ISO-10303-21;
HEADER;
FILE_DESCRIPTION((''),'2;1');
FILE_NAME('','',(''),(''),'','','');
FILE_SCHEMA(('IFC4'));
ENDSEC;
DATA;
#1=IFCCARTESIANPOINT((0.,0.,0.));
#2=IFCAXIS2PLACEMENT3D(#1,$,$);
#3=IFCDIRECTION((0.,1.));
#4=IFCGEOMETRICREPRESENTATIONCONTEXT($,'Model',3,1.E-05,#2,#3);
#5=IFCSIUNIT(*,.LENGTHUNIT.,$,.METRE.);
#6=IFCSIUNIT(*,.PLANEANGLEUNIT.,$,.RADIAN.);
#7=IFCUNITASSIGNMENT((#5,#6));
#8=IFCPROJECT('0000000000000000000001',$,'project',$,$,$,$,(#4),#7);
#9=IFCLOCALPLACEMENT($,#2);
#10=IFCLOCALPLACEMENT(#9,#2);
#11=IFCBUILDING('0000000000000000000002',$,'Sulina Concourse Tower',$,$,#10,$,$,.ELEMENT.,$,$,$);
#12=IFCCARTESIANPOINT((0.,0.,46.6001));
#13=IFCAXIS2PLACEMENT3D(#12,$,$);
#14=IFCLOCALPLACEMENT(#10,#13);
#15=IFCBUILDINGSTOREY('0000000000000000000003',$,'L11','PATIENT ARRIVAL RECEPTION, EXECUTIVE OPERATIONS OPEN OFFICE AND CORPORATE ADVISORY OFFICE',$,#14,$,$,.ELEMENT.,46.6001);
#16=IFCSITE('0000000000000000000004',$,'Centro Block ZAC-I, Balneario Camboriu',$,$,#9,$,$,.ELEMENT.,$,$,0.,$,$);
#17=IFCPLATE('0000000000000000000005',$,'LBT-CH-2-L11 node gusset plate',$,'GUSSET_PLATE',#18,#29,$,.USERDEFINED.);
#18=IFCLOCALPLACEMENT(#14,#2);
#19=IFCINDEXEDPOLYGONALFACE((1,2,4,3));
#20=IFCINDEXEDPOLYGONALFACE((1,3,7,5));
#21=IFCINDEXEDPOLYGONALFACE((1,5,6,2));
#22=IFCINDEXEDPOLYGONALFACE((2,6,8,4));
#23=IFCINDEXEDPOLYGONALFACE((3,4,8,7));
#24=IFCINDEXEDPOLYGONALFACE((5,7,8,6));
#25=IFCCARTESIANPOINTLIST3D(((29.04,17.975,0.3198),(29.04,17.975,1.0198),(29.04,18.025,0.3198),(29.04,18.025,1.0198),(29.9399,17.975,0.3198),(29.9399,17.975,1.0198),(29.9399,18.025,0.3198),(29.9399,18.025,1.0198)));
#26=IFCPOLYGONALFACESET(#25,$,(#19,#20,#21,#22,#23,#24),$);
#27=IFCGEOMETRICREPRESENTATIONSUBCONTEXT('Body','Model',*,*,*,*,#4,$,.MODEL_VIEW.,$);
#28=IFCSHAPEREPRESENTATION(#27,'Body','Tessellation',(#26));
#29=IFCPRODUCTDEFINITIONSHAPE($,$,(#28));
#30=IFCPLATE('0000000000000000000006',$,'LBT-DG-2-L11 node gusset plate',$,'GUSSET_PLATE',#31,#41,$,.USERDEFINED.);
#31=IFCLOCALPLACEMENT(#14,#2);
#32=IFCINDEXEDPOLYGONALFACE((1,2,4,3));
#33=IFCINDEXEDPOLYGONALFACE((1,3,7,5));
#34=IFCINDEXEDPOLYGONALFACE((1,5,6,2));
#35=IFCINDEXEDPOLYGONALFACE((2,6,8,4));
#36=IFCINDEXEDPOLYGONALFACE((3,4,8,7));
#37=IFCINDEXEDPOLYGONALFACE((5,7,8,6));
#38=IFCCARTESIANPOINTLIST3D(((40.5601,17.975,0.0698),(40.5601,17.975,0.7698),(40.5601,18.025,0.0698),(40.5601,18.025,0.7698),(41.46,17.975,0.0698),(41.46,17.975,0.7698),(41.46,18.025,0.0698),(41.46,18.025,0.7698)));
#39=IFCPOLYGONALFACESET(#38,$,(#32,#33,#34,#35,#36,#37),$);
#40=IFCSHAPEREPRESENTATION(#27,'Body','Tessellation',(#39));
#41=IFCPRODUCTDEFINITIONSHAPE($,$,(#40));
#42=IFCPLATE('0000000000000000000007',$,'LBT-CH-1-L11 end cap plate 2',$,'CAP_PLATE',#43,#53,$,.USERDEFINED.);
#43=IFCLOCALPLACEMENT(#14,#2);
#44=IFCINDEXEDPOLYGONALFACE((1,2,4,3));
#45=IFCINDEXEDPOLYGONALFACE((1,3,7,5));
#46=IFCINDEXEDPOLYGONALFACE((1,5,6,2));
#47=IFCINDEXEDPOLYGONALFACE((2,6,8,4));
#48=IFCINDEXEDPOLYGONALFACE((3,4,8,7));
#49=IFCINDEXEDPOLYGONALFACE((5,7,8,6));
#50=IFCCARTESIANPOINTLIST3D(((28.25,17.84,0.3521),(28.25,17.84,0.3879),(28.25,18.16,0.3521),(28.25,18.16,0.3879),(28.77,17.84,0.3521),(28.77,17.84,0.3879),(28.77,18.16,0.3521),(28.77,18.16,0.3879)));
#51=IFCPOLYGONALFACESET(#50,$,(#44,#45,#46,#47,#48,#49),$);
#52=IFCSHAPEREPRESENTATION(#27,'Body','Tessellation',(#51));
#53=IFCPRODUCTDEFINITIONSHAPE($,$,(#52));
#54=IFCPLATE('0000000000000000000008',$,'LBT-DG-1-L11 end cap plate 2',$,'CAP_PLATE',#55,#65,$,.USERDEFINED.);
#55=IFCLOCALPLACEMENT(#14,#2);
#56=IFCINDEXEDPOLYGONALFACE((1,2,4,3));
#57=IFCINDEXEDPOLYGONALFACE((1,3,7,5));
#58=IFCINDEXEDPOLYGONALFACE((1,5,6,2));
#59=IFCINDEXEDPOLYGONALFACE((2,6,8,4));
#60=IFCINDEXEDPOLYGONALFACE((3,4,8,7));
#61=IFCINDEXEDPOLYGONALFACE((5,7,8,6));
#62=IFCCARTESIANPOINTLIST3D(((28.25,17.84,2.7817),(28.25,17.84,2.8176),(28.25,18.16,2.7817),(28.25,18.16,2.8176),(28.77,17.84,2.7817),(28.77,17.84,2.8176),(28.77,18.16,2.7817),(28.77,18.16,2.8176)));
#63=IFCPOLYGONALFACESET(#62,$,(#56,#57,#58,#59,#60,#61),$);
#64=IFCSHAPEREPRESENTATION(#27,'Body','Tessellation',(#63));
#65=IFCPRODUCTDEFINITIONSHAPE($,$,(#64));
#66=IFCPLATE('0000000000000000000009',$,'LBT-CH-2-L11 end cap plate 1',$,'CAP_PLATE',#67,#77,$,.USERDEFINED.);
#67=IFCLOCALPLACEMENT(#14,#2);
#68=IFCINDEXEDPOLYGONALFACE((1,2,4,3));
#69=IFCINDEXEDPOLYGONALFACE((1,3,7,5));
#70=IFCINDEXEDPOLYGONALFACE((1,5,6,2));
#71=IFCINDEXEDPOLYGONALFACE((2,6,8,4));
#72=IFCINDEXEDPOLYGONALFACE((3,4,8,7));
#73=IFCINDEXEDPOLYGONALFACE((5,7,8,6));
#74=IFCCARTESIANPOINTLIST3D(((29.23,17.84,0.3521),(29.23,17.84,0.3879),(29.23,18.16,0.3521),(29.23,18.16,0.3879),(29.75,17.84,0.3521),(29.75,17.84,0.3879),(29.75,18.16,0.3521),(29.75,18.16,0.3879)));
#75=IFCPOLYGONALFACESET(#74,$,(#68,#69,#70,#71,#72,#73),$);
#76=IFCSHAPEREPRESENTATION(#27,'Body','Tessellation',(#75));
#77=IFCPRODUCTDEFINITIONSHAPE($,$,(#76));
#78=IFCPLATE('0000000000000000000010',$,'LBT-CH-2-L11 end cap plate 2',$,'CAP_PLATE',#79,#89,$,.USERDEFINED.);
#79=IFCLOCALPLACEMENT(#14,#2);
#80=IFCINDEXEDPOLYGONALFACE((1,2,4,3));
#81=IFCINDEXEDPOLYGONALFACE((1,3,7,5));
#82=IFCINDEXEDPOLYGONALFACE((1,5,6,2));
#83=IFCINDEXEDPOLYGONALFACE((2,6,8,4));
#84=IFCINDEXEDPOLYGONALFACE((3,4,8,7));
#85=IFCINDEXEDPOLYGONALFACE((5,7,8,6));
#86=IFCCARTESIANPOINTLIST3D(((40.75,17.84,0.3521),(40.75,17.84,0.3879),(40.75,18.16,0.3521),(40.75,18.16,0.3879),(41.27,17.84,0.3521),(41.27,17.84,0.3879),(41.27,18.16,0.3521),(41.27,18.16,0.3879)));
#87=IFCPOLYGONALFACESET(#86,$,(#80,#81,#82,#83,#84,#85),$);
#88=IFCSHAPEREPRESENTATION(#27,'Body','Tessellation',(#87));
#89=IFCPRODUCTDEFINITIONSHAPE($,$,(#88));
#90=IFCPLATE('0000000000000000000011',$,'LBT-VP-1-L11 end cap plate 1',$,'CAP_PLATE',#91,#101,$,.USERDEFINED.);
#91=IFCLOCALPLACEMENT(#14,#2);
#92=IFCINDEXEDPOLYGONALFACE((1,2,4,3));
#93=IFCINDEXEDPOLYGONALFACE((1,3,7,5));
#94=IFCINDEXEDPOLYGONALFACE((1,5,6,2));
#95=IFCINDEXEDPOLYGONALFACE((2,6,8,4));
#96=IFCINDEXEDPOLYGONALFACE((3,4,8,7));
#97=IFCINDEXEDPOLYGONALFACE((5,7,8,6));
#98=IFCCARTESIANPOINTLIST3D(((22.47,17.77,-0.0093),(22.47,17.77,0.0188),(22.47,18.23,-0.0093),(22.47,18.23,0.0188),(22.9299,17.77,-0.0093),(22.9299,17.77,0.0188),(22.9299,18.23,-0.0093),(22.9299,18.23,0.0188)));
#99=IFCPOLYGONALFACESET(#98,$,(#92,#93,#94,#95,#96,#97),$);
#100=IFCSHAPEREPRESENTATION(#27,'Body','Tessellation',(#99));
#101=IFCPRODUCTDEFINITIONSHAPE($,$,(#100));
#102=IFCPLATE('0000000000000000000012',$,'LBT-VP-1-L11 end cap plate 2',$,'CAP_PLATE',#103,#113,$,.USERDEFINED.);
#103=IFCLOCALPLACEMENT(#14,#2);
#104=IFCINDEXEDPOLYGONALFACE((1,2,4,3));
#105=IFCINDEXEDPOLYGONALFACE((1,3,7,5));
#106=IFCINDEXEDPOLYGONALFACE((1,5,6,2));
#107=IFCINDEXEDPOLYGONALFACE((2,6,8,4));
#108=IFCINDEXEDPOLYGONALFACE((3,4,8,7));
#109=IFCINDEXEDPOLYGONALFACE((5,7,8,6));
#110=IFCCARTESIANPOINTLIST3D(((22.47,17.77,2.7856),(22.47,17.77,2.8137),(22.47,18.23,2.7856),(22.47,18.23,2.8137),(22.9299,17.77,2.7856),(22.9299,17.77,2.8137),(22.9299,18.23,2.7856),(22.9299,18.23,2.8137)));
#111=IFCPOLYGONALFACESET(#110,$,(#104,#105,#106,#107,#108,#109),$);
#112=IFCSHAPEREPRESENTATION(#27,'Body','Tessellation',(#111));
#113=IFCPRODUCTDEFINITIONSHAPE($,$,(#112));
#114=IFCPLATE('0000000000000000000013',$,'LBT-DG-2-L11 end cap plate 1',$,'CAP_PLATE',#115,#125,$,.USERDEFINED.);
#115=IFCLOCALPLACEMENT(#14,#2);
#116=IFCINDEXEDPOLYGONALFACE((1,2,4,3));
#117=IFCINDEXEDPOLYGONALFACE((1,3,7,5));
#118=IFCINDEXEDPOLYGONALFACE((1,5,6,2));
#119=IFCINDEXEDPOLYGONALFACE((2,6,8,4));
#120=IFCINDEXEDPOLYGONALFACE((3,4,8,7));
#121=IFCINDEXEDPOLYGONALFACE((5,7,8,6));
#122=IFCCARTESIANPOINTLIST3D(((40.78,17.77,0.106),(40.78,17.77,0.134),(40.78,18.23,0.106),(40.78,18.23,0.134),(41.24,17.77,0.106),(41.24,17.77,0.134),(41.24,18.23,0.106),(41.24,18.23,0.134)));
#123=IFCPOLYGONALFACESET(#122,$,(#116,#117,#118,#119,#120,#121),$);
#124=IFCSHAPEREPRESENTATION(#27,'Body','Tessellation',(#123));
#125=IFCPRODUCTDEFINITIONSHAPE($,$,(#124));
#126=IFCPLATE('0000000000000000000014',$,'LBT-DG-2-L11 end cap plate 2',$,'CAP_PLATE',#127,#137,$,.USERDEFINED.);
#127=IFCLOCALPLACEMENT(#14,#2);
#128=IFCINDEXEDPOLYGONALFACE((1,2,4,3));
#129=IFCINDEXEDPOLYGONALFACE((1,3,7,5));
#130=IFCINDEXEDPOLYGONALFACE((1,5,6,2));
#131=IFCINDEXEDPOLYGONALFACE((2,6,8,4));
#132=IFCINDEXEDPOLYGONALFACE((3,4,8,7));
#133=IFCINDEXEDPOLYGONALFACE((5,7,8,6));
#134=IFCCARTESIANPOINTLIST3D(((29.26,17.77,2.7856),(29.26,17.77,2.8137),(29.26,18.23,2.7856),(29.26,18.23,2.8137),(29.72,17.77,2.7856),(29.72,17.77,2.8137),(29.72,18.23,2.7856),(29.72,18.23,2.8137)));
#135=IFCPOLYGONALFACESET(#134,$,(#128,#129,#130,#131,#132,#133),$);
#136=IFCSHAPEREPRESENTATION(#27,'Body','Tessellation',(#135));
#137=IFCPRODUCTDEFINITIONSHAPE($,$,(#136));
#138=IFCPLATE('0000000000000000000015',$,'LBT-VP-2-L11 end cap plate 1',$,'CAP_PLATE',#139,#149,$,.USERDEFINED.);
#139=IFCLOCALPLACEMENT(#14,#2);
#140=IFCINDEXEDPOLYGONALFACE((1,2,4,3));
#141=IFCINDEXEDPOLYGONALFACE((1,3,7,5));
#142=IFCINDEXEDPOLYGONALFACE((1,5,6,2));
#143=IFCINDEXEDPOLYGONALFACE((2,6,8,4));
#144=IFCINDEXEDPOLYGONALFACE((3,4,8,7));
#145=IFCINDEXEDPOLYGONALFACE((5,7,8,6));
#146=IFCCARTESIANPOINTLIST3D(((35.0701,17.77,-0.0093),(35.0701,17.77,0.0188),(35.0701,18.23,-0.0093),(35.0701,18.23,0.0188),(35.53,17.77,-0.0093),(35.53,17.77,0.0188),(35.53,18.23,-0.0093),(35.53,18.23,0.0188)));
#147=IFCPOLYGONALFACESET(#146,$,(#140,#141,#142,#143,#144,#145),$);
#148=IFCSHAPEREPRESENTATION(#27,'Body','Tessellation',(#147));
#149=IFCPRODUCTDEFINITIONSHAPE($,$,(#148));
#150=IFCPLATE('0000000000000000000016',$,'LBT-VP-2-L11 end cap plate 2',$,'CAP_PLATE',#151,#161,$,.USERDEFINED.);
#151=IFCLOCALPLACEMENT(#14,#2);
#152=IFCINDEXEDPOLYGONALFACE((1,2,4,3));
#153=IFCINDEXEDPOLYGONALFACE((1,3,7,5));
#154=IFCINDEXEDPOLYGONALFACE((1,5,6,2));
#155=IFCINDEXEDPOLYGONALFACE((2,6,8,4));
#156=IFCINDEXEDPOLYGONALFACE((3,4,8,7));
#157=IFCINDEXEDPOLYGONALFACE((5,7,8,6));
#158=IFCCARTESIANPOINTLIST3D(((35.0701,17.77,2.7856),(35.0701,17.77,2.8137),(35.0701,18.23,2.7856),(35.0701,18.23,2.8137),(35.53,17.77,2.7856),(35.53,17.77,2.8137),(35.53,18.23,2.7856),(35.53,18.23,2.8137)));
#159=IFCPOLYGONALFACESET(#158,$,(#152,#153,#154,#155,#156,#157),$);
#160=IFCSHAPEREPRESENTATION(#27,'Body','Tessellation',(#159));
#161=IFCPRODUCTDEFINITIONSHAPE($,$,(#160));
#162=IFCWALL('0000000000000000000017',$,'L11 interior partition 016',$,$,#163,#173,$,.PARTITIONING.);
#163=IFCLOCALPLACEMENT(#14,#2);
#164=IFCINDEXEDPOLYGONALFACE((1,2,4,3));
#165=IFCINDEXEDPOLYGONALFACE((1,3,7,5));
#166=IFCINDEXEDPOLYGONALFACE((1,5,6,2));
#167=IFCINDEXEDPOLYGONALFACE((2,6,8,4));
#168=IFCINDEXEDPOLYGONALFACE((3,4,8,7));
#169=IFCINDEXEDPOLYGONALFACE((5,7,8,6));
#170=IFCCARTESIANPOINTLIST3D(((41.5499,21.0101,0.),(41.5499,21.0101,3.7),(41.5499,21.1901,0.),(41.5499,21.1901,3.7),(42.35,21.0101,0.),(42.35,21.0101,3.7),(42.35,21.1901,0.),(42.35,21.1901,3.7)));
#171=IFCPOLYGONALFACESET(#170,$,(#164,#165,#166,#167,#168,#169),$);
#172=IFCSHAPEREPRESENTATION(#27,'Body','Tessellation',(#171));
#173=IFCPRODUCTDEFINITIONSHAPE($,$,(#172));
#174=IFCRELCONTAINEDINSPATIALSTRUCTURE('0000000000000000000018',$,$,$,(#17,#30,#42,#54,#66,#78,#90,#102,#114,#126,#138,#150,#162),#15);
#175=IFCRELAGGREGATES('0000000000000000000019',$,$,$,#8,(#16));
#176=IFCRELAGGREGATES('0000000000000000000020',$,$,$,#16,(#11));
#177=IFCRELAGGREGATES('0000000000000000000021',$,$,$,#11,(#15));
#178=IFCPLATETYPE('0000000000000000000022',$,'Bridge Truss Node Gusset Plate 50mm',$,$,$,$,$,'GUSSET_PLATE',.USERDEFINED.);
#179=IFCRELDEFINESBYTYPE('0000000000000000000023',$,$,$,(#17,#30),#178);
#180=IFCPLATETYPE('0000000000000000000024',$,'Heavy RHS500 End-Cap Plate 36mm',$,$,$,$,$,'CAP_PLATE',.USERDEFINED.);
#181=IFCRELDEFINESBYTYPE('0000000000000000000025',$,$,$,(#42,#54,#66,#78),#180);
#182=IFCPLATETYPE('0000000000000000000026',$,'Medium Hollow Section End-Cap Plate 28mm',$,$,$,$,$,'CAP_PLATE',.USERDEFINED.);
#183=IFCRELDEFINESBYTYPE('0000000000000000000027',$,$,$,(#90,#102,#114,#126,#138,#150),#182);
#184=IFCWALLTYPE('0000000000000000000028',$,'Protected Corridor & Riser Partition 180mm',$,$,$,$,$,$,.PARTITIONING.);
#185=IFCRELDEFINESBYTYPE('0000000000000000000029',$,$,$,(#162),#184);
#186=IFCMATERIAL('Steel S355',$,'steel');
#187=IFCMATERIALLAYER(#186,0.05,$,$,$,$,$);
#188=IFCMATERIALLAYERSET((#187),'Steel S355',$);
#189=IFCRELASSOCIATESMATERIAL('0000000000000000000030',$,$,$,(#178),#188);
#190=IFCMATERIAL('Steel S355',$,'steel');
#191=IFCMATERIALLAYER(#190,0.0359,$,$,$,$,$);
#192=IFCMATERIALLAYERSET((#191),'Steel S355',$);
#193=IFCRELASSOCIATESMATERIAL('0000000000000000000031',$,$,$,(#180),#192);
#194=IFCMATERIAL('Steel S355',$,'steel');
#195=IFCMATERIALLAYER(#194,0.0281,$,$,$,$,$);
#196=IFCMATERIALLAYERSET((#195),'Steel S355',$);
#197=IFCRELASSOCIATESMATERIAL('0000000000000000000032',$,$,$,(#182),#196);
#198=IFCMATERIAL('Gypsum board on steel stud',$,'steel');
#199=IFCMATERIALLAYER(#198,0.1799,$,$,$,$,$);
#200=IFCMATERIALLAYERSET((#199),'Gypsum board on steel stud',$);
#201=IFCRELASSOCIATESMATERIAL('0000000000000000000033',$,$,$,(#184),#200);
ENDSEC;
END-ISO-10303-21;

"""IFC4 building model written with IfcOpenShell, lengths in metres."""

from ifc_helpers import new_model, si_unit, direction, frame, frame_2d, origin, origin_2d, place, context, subcontext, project, spatial, rectangle, extrude, material, layer, layer_set, type_object, element, save


model = new_model("IFC4")

# Units and contexts
model_context = context("Model", 3, precision=1e-05, world=origin(), true_north=direction((0.0, 1.0)))
body_context = subcontext(model_context, "Body", "Model", "MODEL_VIEW")
ifc_project = project(units=[si_unit("LENGTHUNIT", "METRE"), si_unit("PLANEANGLEUNIT", "RADIAN")], contexts=[model_context])

# Site, building, storey
site_placement = place(None, origin())
site = spatial("IfcSite", under=ifc_project, at=site_placement, Name="Centro Block ZAC-I, Balneario Camboriu", CompositionType="ELEMENT", RefElevation=0.0)
building_placement = place(site_placement, origin())
building = spatial("IfcBuilding", under=site, at=building_placement, Name="Sulina Concourse Tower", CompositionType="ELEMENT")
storey_placement = place(building_placement, frame((0.0, 0.0, 46.6001)))
storey = spatial("IfcBuildingStorey", under=building, at=storey_placement, Name="L11", Description="PATIENT ARRIVAL RECEPTION, EXECUTIVE OPERATIONS OPEN OFFICE AND CORPORATE ADVISORY OFFICE", CompositionType="ELEMENT", Elevation=46.6001)

# Plates
ifc_material_1 = material(Name="Steel S355", Category="steel")
ifc_layer_1 = layer(ifc_material_1, 0.05)
ifc_layer_set_1 = layer_set([ifc_layer_1], Name="Steel S355")
plate_type_1 = type_object("IfcPlateType", Name="Bridge Truss Node Gusset Plate 50mm", ElementType="GUSSET_PLATE", PredefinedType="USERDEFINED", material=ifc_layer_set_1)
for number, where, z_axis, x_axis, name in (
    (1, (29.49, 18.0, 0.3198), (0.0, 0.0, 1.0), (1.0, 0.0, 0.0), "LBT-CH-2-L11 node gusset plate"),
    (2, (41.01, 18.0, 0.0698), (0.0, 0.0, 1.0), (1.0, 0.0, 0.0), "LBT-DG-2-L11 node gusset plate"),
):
    element("IfcPlate", number, at=place(storey_placement, frame(where, z_axis=z_axis, x_axis=x_axis)), inside=storey, type_object=plate_type_1, Name=name, ObjectType="GUSSET_PLATE", PredefinedType="USERDEFINED", context=body_context, shape_type="SweptSolid", body=[
        extrude(rectangle(XDim=0.8999, YDim=0.05, at=origin_2d()), origin(), (0.0, 0.0, 1.0), 0.7),
    ])
ifc_material_2 = material(Name="Steel S355", Category="steel")
ifc_layer_2 = layer(ifc_material_2, 0.0359)
ifc_layer_set_2 = layer_set([ifc_layer_2], Name="Steel S355")
plate_type_2 = type_object("IfcPlateType", Name="Heavy RHS500 End-Cap Plate 36mm", ElementType="CAP_PLATE", PredefinedType="USERDEFINED", material=ifc_layer_set_2)
for number, where, z_axis, x_axis, name in (
    (3, (28.51, 18.0, 0.3521), (0.0, 0.0, 1.0), (1.0, 0.0, 0.0), "LBT-CH-1-L11 end cap plate 2"),
    (4, (28.51, 18.0, 2.7817), (0.0, 0.0, 1.0), (1.0, 0.0, 0.0), "LBT-DG-1-L11 end cap plate 2"),
    (5, (29.49, 18.0, 0.3521), (0.0, 0.0, 1.0), (1.0, 0.0, 0.0), "LBT-CH-2-L11 end cap plate 1"),
    (6, (41.01, 18.0, 0.3521), (0.0, 0.0, 1.0), (1.0, 0.0, 0.0), "LBT-CH-2-L11 end cap plate 2"),
):
    element("IfcPlate", number, at=place(storey_placement, frame(where, z_axis=z_axis, x_axis=x_axis)), inside=storey, type_object=plate_type_2, Name=name, ObjectType="CAP_PLATE", PredefinedType="USERDEFINED", context=body_context, shape_type="SweptSolid", body=[
        extrude(rectangle(XDim=0.52, YDim=0.3201, at=origin_2d()), origin(), (0.0, 0.0, 1.0), 0.0359),
    ])
ifc_material_3 = material(Name="Steel S355", Category="steel")
ifc_layer_3 = layer(ifc_material_3, 0.0281)
ifc_layer_set_3 = layer_set([ifc_layer_3], Name="Steel S355")
plate_type_3 = type_object("IfcPlateType", Name="Medium Hollow Section End-Cap Plate 28mm", ElementType="CAP_PLATE", PredefinedType="USERDEFINED", material=ifc_layer_set_3)
for number, where, z_axis, x_axis, name in (
    (7, (22.7, 18.0, -0.0093), (0.0, 0.0, 1.0), (1.0, 0.0, 0.0), "LBT-VP-1-L11 end cap plate 1"),
    (8, (22.7, 18.0, 2.7856), (0.0, 0.0, 1.0), (1.0, 0.0, 0.0), "LBT-VP-1-L11 end cap plate 2"),
    (9, (41.01, 18.0, 0.106), (0.0, 0.0, 1.0), (1.0, 0.0, 0.0), "LBT-DG-2-L11 end cap plate 1"),
    (10, (29.49, 18.0, 2.7856), (0.0, 0.0, 1.0), (1.0, 0.0, 0.0), "LBT-DG-2-L11 end cap plate 2"),
    (11, (35.3, 18.0, -0.0093), (0.0, 0.0, 1.0), (1.0, 0.0, 0.0), "LBT-VP-2-L11 end cap plate 1"),
    (12, (35.3, 18.0, 2.7856), (0.0, 0.0, 1.0), (1.0, 0.0, 0.0), "LBT-VP-2-L11 end cap plate 2"),
):
    element("IfcPlate", number, at=place(storey_placement, frame(where, z_axis=z_axis, x_axis=x_axis)), inside=storey, type_object=plate_type_3, Name=name, ObjectType="CAP_PLATE", PredefinedType="USERDEFINED", context=body_context, shape_type="SweptSolid", body=[
        extrude(rectangle(XDim=0.46, YDim=0.46, at=origin_2d()), origin(), (0.0, 0.0, 1.0), 0.0281),
    ])

# Wall
ifc_material_4 = material(Name="Gypsum board on steel stud", Category="steel")
ifc_layer_4 = layer(ifc_material_4, 0.1799)
ifc_layer_set_4 = layer_set([ifc_layer_4], Name="Gypsum board on steel stud")
wall_type = type_object("IfcWallType", Name="Protected Corridor & Riser Partition 180mm", PredefinedType="PARTITIONING", material=ifc_layer_set_4)
wall_placement = place(storey_placement, frame((41.55, 21.1001, 0.0), z_axis=(0.0, 0.0, 1.0), x_axis=(1.0, 0.0, 0.0)))
element("IfcWall", 13, at=wall_placement, inside=storey, type_object=wall_type, Name="L11 interior partition 016", PredefinedType="PARTITIONING", context=body_context, shape_type="SweptSolid", body=[
    extrude(rectangle(XDim=0.8, YDim=0.1799, at=frame_2d((0.3999, 0.0))), origin(), (0.0, 0.0, 1.0), 3.7),
])

save(model, "model.ifc")
